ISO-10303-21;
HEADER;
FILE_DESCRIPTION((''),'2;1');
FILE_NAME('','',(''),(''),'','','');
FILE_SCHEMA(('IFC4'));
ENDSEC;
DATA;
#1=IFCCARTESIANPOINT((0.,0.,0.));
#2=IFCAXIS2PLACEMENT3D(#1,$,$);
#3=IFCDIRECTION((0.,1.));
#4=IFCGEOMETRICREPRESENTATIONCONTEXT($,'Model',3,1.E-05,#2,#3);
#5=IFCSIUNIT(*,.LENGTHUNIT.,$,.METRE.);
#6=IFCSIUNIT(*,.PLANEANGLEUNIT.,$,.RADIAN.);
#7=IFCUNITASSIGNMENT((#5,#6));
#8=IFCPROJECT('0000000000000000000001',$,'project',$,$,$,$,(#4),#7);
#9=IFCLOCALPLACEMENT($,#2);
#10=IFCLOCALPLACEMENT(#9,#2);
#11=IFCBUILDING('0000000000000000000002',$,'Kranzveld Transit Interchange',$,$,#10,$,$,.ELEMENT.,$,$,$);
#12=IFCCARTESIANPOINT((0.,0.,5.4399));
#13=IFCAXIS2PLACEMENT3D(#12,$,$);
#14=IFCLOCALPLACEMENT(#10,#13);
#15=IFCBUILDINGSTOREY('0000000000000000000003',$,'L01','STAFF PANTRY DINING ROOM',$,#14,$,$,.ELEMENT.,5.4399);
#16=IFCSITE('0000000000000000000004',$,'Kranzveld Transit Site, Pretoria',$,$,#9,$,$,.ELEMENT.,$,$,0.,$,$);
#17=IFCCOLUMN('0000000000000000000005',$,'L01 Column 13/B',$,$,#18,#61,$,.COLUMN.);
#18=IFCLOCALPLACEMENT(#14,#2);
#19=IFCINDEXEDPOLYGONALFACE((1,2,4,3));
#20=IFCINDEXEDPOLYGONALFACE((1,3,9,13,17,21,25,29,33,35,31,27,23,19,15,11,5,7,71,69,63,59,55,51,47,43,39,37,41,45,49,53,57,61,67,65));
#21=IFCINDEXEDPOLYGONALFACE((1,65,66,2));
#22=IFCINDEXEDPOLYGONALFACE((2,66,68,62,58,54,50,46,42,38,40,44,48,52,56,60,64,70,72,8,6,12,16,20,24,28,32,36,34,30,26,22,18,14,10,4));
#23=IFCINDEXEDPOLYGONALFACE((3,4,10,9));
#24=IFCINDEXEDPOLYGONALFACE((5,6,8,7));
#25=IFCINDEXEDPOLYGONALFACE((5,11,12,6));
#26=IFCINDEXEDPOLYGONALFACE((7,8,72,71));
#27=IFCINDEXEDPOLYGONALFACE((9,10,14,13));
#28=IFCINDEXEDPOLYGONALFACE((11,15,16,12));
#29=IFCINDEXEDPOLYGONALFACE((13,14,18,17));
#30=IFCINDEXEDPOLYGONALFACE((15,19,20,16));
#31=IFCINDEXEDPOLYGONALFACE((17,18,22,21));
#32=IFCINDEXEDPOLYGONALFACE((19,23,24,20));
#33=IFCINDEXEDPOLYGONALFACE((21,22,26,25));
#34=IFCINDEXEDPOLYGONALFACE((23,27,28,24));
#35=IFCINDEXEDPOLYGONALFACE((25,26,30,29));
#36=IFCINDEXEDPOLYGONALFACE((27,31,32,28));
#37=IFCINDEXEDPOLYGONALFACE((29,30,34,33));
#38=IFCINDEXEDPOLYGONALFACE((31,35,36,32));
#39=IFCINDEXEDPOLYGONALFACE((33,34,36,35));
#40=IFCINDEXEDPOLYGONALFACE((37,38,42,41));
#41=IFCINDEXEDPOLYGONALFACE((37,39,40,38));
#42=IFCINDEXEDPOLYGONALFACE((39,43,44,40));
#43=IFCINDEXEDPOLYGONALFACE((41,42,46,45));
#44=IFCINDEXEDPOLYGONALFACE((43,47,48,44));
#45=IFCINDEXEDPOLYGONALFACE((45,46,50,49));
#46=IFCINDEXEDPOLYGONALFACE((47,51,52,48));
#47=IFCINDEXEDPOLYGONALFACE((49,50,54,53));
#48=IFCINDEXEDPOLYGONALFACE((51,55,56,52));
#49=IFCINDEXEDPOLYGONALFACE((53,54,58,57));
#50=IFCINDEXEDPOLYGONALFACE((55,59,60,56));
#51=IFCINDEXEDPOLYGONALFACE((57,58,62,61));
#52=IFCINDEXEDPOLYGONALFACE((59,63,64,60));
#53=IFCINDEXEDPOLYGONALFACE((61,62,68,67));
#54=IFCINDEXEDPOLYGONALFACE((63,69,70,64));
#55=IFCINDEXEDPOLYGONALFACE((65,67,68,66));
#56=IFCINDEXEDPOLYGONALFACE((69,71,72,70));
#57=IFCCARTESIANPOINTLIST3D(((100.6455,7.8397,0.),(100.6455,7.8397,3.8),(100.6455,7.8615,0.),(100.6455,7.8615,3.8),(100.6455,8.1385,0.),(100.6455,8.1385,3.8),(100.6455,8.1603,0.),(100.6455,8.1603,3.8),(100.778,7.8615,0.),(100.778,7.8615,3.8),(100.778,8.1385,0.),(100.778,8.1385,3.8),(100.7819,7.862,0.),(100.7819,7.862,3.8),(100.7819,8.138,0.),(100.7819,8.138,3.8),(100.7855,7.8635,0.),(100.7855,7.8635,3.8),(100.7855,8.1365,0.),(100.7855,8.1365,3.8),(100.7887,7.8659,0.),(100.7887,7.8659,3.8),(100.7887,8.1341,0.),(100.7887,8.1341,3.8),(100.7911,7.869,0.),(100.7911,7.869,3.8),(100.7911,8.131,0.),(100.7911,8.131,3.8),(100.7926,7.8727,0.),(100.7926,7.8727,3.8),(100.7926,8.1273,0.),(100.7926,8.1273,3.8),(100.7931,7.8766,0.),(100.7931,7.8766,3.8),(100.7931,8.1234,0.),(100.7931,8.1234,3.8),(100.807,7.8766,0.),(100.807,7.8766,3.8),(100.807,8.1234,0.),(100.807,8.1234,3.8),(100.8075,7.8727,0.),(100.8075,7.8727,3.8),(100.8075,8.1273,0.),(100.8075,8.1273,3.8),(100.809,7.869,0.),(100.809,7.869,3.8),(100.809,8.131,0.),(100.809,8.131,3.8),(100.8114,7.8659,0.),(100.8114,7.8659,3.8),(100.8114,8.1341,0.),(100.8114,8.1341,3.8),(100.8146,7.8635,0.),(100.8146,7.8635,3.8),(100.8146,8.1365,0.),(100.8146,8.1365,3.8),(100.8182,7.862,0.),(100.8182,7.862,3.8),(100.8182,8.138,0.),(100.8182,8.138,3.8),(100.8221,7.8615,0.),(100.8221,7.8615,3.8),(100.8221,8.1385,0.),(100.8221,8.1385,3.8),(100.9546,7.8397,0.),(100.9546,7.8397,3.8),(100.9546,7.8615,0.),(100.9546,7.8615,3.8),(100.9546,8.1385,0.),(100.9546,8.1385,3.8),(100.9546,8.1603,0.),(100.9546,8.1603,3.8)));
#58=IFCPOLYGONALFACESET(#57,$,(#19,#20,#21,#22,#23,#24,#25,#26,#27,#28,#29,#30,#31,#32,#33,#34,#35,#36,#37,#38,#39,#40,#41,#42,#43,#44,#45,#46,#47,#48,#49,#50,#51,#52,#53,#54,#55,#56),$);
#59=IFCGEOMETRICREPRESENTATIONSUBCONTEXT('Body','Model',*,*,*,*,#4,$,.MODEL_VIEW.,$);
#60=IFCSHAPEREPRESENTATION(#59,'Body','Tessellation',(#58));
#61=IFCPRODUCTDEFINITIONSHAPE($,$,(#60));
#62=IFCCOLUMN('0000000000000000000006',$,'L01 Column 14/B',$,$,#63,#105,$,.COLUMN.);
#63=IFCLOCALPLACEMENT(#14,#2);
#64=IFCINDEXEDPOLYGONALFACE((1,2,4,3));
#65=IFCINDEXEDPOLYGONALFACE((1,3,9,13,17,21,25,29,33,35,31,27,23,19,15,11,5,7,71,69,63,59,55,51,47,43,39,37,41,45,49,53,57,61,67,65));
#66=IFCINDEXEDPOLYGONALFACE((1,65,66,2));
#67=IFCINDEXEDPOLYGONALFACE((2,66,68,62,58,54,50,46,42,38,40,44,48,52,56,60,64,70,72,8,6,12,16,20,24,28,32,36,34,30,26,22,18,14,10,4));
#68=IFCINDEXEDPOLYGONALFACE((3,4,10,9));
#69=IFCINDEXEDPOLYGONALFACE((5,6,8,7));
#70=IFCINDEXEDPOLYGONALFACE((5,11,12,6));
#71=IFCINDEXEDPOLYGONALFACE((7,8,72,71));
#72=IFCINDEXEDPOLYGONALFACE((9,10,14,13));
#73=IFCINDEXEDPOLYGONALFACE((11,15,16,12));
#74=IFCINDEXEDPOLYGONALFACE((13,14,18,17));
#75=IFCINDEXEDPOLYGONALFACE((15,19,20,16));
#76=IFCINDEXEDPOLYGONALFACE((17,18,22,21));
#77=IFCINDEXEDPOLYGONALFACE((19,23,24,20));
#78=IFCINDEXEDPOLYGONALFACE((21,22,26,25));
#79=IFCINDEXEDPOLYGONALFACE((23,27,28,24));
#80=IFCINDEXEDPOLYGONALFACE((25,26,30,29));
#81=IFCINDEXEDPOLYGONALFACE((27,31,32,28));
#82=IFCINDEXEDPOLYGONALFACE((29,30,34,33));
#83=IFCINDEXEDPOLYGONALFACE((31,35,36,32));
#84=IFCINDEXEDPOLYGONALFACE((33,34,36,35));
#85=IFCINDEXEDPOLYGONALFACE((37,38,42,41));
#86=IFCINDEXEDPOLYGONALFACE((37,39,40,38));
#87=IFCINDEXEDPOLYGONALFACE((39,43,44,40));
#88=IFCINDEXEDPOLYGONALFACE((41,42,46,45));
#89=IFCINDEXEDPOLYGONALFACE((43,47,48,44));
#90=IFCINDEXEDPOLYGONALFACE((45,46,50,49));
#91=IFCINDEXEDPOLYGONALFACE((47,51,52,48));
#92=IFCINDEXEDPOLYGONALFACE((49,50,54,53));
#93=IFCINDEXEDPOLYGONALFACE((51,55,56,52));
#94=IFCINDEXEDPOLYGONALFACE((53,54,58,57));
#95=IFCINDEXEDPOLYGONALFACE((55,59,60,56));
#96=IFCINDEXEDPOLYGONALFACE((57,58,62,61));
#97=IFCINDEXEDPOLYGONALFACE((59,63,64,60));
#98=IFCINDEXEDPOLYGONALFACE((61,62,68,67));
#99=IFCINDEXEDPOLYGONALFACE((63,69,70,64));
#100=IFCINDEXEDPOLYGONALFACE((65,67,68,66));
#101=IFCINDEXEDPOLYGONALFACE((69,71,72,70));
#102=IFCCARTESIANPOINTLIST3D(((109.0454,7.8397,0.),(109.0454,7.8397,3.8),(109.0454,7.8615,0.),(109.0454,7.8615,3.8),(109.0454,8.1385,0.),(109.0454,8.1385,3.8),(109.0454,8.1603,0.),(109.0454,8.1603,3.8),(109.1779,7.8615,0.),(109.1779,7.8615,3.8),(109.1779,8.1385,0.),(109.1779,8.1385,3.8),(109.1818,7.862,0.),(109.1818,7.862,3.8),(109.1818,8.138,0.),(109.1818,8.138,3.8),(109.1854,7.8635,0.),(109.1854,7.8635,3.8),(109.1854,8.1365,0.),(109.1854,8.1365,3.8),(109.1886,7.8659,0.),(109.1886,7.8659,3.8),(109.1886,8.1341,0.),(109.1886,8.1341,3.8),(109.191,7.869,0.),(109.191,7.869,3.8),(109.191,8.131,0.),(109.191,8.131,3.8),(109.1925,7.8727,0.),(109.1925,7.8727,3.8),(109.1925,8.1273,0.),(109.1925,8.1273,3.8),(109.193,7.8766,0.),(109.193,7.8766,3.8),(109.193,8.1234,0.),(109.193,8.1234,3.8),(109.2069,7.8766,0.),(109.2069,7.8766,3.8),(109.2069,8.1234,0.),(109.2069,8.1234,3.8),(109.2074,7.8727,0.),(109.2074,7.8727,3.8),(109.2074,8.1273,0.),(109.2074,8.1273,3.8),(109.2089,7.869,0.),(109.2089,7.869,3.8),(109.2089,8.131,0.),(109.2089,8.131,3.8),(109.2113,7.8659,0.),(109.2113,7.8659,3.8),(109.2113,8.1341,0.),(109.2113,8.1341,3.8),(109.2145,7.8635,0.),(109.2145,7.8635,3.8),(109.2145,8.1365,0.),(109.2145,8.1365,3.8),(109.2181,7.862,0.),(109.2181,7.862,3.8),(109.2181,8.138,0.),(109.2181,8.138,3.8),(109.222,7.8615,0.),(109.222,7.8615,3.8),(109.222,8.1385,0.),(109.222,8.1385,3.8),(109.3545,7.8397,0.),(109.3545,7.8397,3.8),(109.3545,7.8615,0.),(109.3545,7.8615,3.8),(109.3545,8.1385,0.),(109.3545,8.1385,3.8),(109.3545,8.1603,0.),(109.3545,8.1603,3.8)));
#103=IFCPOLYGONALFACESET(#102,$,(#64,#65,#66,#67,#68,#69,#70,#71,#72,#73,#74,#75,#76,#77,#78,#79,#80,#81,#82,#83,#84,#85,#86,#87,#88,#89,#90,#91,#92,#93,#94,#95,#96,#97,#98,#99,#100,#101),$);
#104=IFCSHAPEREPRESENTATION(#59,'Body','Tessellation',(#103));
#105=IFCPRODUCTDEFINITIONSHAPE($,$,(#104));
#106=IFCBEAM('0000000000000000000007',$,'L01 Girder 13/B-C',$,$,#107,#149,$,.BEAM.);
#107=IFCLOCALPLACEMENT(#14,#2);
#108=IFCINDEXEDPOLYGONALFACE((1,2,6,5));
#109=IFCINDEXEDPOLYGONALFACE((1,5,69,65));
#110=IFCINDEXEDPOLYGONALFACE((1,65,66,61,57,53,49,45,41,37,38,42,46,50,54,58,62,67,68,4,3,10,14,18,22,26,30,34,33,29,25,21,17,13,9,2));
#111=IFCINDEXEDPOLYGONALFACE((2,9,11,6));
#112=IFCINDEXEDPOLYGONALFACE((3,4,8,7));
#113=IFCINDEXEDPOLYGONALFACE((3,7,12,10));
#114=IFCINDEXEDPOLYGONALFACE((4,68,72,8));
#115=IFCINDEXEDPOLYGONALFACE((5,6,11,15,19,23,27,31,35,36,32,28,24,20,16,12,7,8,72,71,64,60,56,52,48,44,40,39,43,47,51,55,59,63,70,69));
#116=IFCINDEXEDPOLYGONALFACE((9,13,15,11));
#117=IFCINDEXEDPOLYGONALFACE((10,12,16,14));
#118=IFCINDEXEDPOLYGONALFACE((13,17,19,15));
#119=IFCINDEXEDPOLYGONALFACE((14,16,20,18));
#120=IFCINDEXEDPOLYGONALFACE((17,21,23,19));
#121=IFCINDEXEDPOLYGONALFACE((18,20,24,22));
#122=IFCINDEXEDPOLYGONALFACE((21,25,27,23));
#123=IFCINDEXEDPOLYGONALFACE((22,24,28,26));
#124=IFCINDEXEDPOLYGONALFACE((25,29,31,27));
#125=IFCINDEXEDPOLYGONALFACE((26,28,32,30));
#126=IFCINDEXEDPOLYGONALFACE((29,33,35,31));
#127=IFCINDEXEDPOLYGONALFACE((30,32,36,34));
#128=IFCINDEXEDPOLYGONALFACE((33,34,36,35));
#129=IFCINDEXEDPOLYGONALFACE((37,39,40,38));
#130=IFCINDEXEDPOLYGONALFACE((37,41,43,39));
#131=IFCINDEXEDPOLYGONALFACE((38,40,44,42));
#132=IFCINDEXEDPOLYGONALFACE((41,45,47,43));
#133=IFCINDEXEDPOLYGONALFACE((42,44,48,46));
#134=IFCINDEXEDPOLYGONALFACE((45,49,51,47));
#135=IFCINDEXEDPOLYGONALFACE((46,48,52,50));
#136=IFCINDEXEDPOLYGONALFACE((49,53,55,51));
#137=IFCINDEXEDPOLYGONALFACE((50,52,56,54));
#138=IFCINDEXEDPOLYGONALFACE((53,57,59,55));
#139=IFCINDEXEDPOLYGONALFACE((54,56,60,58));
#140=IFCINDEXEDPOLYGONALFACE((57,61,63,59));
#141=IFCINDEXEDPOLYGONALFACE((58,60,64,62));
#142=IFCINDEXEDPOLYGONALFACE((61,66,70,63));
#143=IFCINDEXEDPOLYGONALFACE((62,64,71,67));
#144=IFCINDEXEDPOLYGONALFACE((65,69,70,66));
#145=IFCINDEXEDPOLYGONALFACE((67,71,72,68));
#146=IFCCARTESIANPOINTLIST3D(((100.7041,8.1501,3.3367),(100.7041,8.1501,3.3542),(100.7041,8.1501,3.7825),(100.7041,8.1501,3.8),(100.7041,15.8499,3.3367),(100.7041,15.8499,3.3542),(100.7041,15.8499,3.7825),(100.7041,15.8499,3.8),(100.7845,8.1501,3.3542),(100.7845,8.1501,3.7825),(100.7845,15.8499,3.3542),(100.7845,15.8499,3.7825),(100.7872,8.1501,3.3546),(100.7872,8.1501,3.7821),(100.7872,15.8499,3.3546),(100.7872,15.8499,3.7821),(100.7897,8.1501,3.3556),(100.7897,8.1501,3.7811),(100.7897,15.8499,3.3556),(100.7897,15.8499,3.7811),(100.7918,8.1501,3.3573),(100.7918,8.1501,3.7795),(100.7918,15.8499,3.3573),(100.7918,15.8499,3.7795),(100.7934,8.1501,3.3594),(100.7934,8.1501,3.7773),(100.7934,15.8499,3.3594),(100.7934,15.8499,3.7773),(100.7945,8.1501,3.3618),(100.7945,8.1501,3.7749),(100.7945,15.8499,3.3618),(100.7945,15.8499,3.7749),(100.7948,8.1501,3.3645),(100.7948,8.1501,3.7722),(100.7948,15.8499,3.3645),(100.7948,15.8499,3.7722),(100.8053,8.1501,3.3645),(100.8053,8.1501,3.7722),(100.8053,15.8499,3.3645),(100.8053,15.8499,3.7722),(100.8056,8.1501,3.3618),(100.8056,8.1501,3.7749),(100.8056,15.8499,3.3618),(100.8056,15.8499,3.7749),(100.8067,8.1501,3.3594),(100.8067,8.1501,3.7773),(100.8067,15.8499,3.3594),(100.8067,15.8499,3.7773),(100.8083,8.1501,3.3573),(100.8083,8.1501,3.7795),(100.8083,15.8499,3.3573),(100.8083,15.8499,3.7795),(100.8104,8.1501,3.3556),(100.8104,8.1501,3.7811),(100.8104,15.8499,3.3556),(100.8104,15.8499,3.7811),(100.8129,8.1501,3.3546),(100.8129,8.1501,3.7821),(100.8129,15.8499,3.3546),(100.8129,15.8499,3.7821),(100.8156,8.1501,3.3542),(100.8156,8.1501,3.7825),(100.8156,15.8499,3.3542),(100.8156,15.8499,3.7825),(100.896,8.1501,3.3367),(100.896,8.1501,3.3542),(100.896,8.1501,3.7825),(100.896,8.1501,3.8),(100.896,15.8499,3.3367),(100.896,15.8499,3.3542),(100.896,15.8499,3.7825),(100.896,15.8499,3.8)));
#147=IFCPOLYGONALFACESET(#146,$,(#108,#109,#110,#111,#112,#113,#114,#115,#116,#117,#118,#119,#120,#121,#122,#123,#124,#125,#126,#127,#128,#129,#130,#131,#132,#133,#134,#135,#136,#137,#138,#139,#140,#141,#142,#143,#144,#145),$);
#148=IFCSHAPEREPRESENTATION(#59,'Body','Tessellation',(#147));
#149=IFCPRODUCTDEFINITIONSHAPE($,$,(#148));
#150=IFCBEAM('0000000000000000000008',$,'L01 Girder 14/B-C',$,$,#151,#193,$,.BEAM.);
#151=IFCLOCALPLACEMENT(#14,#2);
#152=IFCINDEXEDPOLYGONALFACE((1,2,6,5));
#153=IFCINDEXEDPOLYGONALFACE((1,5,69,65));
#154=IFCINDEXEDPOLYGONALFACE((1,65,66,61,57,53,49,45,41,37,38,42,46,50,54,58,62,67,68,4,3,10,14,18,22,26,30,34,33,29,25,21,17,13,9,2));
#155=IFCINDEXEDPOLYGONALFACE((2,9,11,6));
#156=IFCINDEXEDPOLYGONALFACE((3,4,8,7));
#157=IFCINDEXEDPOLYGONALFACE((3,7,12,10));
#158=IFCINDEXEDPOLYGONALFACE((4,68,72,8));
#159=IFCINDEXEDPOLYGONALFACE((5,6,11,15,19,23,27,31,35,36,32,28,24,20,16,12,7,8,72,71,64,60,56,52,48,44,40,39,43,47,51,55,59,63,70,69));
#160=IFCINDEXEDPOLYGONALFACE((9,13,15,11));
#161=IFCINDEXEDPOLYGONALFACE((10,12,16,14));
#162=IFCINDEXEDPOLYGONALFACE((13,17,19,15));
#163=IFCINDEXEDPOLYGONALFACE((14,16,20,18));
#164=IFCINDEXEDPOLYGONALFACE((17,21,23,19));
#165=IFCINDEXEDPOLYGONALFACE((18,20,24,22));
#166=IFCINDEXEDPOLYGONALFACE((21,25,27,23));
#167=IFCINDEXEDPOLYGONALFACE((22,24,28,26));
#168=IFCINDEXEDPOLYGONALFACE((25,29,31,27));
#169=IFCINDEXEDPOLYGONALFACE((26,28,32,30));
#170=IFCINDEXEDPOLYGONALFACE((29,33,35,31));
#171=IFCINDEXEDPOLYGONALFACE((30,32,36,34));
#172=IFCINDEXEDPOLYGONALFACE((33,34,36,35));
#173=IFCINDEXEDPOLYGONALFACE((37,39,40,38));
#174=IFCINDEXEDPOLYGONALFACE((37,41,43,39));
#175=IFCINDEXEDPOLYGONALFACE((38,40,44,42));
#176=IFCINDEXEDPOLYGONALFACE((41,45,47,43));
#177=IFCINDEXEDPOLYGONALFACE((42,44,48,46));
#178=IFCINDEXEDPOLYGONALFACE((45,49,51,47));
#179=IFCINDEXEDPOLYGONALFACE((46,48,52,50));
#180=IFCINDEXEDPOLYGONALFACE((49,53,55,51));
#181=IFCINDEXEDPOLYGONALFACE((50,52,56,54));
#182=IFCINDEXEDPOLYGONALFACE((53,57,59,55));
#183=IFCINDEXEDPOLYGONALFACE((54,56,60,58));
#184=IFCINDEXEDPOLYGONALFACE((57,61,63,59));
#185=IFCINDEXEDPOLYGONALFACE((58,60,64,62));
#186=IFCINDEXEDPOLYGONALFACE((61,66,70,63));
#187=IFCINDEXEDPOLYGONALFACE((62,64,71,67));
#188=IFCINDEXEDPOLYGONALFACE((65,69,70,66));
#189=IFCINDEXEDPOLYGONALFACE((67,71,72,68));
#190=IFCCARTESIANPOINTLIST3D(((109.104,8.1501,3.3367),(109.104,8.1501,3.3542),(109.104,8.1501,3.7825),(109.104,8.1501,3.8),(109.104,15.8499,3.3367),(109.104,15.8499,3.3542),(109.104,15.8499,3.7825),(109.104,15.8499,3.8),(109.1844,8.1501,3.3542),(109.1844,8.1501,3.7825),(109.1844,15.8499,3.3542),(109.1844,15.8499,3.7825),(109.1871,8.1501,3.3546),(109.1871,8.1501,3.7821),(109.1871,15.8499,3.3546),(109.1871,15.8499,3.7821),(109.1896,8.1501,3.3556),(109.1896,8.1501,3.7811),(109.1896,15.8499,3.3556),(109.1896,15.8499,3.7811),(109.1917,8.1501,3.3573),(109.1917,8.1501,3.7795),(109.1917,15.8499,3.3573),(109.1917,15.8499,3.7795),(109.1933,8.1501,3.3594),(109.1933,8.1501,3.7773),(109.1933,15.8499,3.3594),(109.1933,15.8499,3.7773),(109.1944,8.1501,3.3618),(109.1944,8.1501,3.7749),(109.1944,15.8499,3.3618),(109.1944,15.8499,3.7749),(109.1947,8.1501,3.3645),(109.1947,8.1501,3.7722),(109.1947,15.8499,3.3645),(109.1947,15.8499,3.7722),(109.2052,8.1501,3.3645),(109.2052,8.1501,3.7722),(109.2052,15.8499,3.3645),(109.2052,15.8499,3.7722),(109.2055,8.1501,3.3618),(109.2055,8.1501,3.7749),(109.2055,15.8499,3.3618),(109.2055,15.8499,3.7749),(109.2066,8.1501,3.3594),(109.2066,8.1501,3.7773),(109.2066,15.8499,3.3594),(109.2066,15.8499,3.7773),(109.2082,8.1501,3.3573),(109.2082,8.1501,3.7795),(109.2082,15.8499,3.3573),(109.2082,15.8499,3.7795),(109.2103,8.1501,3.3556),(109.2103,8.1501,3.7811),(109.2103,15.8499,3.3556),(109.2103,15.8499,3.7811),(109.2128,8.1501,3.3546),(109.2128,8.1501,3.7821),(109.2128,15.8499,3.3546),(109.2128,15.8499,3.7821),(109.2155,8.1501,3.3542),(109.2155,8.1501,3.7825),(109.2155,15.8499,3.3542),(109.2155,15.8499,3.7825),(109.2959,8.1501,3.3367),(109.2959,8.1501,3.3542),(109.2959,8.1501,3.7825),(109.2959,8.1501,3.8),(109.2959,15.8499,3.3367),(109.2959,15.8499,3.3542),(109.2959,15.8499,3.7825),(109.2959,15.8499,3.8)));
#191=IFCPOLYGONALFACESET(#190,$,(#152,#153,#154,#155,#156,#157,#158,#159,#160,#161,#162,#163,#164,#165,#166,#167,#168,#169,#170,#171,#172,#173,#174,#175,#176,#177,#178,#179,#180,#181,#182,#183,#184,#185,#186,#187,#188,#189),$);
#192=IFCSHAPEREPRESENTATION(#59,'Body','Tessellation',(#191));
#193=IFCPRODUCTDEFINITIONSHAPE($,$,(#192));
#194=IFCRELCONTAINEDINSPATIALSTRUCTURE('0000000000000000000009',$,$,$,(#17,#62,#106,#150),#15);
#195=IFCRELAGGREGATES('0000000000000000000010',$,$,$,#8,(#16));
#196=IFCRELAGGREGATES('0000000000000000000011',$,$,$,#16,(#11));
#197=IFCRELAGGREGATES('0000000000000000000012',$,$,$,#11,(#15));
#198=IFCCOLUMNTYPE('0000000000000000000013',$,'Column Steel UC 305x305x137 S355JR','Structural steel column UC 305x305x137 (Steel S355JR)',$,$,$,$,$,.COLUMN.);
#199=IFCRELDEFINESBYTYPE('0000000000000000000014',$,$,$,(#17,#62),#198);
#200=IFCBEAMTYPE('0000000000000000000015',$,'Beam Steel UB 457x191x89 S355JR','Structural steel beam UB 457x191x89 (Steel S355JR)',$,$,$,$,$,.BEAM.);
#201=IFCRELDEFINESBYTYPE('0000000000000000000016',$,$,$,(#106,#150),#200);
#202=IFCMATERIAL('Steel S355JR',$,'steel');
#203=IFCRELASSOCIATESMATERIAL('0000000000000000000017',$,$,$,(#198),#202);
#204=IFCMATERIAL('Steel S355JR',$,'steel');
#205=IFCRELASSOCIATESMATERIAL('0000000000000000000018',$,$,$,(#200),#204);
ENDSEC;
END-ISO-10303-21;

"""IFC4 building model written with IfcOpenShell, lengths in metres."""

from ifc_helpers import new_model, si_unit, direction, frame, origin, origin_2d, place, context, subcontext, project, spatial, i_section, extrude, material, material_profile, profile_set, type_object, element, save


model = new_model("IFC4")

# Units and contexts
model_context = context("Model", 3, precision=1e-05, world=origin(), true_north=direction((0.0, 1.0)))
body_context = subcontext(model_context, "Body", "Model", "MODEL_VIEW")
ifc_project = project(units=[si_unit("LENGTHUNIT", "METRE"), si_unit("PLANEANGLEUNIT", "RADIAN")], contexts=[model_context])

# Site, building, storey
site_placement = place(None, origin())
site = spatial("IfcSite", under=ifc_project, at=site_placement, Name="Kranzveld Transit Site, Pretoria", CompositionType="ELEMENT", RefElevation=0.0)
building_placement = place(site_placement, origin())
building = spatial("IfcBuilding", under=site, at=building_placement, Name="Kranzveld Transit Interchange", CompositionType="ELEMENT")
storey_placement = place(building_placement, frame((0.0, 0.0, 5.4399)))
storey = spatial("IfcBuildingStorey", under=building, at=storey_placement, Name="L01", Description="STAFF PANTRY DINING ROOM", CompositionType="ELEMENT", Elevation=5.4399)

# Columns
ifc_material_1 = material(Name="Steel S355JR", Category="steel")
ifc_material_profile_1 = material_profile(ifc_material_1, i_section(OverallWidth=0.3091, OverallDepth=0.3206, WebThickness=0.0139, FlangeThickness=0.0217, FilletRadius=0.0151, at=origin_2d()), Name="UC 305x305x137")
ifc_profile_set_1 = profile_set([ifc_material_profile_1], Name="Steel S355JR")
column_type = type_object("IfcColumnType", Name="Column Steel UC 305x305x137 S355JR", Description="Structural steel column UC 305x305x137 (Steel S355JR)", PredefinedType="COLUMN", material=ifc_profile_set_1)
for number, where, z_axis, x_axis, name in (
    (1, (100.8, 8.0, 0.0), (0.0, 0.0, 1.0), (1.0, 0.0, 0.0), "L01 Column 13/B"),
    (2, (109.2, 8.0, 0.0), (0.0, 0.0, 1.0), (1.0, 0.0, 0.0), "L01 Column 14/B"),
):
    element("IfcColumn", number, at=place(storey_placement, frame(where, z_axis=z_axis, x_axis=x_axis)), inside=storey, type_object=column_type, Name=name, PredefinedType="COLUMN", context=body_context, shape_type="SweptSolid", body=[
        extrude(i_section(OverallWidth=0.3091, OverallDepth=0.3206, WebThickness=0.0139, FlangeThickness=0.0217, FilletRadius=0.0151, at=origin_2d()), origin(), (0.0, 0.0, 1.0), 3.8),
    ])

# Beams
ifc_material_2 = material(Name="Steel S355JR", Category="steel")
ifc_material_profile_2 = material_profile(ifc_material_2, i_section(OverallWidth=0.1919, OverallDepth=0.4634, WebThickness=0.0105, FlangeThickness=0.0176, FilletRadius=0.0103, at=origin_2d()), Name="UB 457x191x89")
ifc_profile_set_2 = profile_set([ifc_material_profile_2], Name="Steel S355JR")
beam_type_1 = type_object("IfcBeamType", Name="Beam Steel UB 457x191x89 S355JR", Description="Structural steel beam UB 457x191x89 (Steel S355JR)", PredefinedType="BEAM", material=ifc_profile_set_2)
for number, where, z_axis, x_axis, name in (
    (3, (100.8, 8.1501, 3.5684), (0.0, 1.0, 0.0), (-1.0, 0.0, 0.0), "L01 Girder 13/B-C"),
    (4, (109.2, 8.1501, 3.5684), (0.0, 1.0, 0.0), (-1.0, 0.0, 0.0), "L01 Girder 14/B-C"),
):
    element("IfcBeam", number, at=place(storey_placement, frame(where, z_axis=z_axis, x_axis=x_axis)), inside=storey, type_object=beam_type_1, Name=name, PredefinedType="BEAM", context=body_context, shape_type="SweptSolid", body=[
        extrude(i_section(OverallWidth=0.1919, OverallDepth=0.4634, WebThickness=0.0105, FlangeThickness=0.0176, FilletRadius=0.0103, at=origin_2d()), origin(), (0.0, 0.0, 1.0), 7.6997),
    ])

save(model, "model.ifc")
